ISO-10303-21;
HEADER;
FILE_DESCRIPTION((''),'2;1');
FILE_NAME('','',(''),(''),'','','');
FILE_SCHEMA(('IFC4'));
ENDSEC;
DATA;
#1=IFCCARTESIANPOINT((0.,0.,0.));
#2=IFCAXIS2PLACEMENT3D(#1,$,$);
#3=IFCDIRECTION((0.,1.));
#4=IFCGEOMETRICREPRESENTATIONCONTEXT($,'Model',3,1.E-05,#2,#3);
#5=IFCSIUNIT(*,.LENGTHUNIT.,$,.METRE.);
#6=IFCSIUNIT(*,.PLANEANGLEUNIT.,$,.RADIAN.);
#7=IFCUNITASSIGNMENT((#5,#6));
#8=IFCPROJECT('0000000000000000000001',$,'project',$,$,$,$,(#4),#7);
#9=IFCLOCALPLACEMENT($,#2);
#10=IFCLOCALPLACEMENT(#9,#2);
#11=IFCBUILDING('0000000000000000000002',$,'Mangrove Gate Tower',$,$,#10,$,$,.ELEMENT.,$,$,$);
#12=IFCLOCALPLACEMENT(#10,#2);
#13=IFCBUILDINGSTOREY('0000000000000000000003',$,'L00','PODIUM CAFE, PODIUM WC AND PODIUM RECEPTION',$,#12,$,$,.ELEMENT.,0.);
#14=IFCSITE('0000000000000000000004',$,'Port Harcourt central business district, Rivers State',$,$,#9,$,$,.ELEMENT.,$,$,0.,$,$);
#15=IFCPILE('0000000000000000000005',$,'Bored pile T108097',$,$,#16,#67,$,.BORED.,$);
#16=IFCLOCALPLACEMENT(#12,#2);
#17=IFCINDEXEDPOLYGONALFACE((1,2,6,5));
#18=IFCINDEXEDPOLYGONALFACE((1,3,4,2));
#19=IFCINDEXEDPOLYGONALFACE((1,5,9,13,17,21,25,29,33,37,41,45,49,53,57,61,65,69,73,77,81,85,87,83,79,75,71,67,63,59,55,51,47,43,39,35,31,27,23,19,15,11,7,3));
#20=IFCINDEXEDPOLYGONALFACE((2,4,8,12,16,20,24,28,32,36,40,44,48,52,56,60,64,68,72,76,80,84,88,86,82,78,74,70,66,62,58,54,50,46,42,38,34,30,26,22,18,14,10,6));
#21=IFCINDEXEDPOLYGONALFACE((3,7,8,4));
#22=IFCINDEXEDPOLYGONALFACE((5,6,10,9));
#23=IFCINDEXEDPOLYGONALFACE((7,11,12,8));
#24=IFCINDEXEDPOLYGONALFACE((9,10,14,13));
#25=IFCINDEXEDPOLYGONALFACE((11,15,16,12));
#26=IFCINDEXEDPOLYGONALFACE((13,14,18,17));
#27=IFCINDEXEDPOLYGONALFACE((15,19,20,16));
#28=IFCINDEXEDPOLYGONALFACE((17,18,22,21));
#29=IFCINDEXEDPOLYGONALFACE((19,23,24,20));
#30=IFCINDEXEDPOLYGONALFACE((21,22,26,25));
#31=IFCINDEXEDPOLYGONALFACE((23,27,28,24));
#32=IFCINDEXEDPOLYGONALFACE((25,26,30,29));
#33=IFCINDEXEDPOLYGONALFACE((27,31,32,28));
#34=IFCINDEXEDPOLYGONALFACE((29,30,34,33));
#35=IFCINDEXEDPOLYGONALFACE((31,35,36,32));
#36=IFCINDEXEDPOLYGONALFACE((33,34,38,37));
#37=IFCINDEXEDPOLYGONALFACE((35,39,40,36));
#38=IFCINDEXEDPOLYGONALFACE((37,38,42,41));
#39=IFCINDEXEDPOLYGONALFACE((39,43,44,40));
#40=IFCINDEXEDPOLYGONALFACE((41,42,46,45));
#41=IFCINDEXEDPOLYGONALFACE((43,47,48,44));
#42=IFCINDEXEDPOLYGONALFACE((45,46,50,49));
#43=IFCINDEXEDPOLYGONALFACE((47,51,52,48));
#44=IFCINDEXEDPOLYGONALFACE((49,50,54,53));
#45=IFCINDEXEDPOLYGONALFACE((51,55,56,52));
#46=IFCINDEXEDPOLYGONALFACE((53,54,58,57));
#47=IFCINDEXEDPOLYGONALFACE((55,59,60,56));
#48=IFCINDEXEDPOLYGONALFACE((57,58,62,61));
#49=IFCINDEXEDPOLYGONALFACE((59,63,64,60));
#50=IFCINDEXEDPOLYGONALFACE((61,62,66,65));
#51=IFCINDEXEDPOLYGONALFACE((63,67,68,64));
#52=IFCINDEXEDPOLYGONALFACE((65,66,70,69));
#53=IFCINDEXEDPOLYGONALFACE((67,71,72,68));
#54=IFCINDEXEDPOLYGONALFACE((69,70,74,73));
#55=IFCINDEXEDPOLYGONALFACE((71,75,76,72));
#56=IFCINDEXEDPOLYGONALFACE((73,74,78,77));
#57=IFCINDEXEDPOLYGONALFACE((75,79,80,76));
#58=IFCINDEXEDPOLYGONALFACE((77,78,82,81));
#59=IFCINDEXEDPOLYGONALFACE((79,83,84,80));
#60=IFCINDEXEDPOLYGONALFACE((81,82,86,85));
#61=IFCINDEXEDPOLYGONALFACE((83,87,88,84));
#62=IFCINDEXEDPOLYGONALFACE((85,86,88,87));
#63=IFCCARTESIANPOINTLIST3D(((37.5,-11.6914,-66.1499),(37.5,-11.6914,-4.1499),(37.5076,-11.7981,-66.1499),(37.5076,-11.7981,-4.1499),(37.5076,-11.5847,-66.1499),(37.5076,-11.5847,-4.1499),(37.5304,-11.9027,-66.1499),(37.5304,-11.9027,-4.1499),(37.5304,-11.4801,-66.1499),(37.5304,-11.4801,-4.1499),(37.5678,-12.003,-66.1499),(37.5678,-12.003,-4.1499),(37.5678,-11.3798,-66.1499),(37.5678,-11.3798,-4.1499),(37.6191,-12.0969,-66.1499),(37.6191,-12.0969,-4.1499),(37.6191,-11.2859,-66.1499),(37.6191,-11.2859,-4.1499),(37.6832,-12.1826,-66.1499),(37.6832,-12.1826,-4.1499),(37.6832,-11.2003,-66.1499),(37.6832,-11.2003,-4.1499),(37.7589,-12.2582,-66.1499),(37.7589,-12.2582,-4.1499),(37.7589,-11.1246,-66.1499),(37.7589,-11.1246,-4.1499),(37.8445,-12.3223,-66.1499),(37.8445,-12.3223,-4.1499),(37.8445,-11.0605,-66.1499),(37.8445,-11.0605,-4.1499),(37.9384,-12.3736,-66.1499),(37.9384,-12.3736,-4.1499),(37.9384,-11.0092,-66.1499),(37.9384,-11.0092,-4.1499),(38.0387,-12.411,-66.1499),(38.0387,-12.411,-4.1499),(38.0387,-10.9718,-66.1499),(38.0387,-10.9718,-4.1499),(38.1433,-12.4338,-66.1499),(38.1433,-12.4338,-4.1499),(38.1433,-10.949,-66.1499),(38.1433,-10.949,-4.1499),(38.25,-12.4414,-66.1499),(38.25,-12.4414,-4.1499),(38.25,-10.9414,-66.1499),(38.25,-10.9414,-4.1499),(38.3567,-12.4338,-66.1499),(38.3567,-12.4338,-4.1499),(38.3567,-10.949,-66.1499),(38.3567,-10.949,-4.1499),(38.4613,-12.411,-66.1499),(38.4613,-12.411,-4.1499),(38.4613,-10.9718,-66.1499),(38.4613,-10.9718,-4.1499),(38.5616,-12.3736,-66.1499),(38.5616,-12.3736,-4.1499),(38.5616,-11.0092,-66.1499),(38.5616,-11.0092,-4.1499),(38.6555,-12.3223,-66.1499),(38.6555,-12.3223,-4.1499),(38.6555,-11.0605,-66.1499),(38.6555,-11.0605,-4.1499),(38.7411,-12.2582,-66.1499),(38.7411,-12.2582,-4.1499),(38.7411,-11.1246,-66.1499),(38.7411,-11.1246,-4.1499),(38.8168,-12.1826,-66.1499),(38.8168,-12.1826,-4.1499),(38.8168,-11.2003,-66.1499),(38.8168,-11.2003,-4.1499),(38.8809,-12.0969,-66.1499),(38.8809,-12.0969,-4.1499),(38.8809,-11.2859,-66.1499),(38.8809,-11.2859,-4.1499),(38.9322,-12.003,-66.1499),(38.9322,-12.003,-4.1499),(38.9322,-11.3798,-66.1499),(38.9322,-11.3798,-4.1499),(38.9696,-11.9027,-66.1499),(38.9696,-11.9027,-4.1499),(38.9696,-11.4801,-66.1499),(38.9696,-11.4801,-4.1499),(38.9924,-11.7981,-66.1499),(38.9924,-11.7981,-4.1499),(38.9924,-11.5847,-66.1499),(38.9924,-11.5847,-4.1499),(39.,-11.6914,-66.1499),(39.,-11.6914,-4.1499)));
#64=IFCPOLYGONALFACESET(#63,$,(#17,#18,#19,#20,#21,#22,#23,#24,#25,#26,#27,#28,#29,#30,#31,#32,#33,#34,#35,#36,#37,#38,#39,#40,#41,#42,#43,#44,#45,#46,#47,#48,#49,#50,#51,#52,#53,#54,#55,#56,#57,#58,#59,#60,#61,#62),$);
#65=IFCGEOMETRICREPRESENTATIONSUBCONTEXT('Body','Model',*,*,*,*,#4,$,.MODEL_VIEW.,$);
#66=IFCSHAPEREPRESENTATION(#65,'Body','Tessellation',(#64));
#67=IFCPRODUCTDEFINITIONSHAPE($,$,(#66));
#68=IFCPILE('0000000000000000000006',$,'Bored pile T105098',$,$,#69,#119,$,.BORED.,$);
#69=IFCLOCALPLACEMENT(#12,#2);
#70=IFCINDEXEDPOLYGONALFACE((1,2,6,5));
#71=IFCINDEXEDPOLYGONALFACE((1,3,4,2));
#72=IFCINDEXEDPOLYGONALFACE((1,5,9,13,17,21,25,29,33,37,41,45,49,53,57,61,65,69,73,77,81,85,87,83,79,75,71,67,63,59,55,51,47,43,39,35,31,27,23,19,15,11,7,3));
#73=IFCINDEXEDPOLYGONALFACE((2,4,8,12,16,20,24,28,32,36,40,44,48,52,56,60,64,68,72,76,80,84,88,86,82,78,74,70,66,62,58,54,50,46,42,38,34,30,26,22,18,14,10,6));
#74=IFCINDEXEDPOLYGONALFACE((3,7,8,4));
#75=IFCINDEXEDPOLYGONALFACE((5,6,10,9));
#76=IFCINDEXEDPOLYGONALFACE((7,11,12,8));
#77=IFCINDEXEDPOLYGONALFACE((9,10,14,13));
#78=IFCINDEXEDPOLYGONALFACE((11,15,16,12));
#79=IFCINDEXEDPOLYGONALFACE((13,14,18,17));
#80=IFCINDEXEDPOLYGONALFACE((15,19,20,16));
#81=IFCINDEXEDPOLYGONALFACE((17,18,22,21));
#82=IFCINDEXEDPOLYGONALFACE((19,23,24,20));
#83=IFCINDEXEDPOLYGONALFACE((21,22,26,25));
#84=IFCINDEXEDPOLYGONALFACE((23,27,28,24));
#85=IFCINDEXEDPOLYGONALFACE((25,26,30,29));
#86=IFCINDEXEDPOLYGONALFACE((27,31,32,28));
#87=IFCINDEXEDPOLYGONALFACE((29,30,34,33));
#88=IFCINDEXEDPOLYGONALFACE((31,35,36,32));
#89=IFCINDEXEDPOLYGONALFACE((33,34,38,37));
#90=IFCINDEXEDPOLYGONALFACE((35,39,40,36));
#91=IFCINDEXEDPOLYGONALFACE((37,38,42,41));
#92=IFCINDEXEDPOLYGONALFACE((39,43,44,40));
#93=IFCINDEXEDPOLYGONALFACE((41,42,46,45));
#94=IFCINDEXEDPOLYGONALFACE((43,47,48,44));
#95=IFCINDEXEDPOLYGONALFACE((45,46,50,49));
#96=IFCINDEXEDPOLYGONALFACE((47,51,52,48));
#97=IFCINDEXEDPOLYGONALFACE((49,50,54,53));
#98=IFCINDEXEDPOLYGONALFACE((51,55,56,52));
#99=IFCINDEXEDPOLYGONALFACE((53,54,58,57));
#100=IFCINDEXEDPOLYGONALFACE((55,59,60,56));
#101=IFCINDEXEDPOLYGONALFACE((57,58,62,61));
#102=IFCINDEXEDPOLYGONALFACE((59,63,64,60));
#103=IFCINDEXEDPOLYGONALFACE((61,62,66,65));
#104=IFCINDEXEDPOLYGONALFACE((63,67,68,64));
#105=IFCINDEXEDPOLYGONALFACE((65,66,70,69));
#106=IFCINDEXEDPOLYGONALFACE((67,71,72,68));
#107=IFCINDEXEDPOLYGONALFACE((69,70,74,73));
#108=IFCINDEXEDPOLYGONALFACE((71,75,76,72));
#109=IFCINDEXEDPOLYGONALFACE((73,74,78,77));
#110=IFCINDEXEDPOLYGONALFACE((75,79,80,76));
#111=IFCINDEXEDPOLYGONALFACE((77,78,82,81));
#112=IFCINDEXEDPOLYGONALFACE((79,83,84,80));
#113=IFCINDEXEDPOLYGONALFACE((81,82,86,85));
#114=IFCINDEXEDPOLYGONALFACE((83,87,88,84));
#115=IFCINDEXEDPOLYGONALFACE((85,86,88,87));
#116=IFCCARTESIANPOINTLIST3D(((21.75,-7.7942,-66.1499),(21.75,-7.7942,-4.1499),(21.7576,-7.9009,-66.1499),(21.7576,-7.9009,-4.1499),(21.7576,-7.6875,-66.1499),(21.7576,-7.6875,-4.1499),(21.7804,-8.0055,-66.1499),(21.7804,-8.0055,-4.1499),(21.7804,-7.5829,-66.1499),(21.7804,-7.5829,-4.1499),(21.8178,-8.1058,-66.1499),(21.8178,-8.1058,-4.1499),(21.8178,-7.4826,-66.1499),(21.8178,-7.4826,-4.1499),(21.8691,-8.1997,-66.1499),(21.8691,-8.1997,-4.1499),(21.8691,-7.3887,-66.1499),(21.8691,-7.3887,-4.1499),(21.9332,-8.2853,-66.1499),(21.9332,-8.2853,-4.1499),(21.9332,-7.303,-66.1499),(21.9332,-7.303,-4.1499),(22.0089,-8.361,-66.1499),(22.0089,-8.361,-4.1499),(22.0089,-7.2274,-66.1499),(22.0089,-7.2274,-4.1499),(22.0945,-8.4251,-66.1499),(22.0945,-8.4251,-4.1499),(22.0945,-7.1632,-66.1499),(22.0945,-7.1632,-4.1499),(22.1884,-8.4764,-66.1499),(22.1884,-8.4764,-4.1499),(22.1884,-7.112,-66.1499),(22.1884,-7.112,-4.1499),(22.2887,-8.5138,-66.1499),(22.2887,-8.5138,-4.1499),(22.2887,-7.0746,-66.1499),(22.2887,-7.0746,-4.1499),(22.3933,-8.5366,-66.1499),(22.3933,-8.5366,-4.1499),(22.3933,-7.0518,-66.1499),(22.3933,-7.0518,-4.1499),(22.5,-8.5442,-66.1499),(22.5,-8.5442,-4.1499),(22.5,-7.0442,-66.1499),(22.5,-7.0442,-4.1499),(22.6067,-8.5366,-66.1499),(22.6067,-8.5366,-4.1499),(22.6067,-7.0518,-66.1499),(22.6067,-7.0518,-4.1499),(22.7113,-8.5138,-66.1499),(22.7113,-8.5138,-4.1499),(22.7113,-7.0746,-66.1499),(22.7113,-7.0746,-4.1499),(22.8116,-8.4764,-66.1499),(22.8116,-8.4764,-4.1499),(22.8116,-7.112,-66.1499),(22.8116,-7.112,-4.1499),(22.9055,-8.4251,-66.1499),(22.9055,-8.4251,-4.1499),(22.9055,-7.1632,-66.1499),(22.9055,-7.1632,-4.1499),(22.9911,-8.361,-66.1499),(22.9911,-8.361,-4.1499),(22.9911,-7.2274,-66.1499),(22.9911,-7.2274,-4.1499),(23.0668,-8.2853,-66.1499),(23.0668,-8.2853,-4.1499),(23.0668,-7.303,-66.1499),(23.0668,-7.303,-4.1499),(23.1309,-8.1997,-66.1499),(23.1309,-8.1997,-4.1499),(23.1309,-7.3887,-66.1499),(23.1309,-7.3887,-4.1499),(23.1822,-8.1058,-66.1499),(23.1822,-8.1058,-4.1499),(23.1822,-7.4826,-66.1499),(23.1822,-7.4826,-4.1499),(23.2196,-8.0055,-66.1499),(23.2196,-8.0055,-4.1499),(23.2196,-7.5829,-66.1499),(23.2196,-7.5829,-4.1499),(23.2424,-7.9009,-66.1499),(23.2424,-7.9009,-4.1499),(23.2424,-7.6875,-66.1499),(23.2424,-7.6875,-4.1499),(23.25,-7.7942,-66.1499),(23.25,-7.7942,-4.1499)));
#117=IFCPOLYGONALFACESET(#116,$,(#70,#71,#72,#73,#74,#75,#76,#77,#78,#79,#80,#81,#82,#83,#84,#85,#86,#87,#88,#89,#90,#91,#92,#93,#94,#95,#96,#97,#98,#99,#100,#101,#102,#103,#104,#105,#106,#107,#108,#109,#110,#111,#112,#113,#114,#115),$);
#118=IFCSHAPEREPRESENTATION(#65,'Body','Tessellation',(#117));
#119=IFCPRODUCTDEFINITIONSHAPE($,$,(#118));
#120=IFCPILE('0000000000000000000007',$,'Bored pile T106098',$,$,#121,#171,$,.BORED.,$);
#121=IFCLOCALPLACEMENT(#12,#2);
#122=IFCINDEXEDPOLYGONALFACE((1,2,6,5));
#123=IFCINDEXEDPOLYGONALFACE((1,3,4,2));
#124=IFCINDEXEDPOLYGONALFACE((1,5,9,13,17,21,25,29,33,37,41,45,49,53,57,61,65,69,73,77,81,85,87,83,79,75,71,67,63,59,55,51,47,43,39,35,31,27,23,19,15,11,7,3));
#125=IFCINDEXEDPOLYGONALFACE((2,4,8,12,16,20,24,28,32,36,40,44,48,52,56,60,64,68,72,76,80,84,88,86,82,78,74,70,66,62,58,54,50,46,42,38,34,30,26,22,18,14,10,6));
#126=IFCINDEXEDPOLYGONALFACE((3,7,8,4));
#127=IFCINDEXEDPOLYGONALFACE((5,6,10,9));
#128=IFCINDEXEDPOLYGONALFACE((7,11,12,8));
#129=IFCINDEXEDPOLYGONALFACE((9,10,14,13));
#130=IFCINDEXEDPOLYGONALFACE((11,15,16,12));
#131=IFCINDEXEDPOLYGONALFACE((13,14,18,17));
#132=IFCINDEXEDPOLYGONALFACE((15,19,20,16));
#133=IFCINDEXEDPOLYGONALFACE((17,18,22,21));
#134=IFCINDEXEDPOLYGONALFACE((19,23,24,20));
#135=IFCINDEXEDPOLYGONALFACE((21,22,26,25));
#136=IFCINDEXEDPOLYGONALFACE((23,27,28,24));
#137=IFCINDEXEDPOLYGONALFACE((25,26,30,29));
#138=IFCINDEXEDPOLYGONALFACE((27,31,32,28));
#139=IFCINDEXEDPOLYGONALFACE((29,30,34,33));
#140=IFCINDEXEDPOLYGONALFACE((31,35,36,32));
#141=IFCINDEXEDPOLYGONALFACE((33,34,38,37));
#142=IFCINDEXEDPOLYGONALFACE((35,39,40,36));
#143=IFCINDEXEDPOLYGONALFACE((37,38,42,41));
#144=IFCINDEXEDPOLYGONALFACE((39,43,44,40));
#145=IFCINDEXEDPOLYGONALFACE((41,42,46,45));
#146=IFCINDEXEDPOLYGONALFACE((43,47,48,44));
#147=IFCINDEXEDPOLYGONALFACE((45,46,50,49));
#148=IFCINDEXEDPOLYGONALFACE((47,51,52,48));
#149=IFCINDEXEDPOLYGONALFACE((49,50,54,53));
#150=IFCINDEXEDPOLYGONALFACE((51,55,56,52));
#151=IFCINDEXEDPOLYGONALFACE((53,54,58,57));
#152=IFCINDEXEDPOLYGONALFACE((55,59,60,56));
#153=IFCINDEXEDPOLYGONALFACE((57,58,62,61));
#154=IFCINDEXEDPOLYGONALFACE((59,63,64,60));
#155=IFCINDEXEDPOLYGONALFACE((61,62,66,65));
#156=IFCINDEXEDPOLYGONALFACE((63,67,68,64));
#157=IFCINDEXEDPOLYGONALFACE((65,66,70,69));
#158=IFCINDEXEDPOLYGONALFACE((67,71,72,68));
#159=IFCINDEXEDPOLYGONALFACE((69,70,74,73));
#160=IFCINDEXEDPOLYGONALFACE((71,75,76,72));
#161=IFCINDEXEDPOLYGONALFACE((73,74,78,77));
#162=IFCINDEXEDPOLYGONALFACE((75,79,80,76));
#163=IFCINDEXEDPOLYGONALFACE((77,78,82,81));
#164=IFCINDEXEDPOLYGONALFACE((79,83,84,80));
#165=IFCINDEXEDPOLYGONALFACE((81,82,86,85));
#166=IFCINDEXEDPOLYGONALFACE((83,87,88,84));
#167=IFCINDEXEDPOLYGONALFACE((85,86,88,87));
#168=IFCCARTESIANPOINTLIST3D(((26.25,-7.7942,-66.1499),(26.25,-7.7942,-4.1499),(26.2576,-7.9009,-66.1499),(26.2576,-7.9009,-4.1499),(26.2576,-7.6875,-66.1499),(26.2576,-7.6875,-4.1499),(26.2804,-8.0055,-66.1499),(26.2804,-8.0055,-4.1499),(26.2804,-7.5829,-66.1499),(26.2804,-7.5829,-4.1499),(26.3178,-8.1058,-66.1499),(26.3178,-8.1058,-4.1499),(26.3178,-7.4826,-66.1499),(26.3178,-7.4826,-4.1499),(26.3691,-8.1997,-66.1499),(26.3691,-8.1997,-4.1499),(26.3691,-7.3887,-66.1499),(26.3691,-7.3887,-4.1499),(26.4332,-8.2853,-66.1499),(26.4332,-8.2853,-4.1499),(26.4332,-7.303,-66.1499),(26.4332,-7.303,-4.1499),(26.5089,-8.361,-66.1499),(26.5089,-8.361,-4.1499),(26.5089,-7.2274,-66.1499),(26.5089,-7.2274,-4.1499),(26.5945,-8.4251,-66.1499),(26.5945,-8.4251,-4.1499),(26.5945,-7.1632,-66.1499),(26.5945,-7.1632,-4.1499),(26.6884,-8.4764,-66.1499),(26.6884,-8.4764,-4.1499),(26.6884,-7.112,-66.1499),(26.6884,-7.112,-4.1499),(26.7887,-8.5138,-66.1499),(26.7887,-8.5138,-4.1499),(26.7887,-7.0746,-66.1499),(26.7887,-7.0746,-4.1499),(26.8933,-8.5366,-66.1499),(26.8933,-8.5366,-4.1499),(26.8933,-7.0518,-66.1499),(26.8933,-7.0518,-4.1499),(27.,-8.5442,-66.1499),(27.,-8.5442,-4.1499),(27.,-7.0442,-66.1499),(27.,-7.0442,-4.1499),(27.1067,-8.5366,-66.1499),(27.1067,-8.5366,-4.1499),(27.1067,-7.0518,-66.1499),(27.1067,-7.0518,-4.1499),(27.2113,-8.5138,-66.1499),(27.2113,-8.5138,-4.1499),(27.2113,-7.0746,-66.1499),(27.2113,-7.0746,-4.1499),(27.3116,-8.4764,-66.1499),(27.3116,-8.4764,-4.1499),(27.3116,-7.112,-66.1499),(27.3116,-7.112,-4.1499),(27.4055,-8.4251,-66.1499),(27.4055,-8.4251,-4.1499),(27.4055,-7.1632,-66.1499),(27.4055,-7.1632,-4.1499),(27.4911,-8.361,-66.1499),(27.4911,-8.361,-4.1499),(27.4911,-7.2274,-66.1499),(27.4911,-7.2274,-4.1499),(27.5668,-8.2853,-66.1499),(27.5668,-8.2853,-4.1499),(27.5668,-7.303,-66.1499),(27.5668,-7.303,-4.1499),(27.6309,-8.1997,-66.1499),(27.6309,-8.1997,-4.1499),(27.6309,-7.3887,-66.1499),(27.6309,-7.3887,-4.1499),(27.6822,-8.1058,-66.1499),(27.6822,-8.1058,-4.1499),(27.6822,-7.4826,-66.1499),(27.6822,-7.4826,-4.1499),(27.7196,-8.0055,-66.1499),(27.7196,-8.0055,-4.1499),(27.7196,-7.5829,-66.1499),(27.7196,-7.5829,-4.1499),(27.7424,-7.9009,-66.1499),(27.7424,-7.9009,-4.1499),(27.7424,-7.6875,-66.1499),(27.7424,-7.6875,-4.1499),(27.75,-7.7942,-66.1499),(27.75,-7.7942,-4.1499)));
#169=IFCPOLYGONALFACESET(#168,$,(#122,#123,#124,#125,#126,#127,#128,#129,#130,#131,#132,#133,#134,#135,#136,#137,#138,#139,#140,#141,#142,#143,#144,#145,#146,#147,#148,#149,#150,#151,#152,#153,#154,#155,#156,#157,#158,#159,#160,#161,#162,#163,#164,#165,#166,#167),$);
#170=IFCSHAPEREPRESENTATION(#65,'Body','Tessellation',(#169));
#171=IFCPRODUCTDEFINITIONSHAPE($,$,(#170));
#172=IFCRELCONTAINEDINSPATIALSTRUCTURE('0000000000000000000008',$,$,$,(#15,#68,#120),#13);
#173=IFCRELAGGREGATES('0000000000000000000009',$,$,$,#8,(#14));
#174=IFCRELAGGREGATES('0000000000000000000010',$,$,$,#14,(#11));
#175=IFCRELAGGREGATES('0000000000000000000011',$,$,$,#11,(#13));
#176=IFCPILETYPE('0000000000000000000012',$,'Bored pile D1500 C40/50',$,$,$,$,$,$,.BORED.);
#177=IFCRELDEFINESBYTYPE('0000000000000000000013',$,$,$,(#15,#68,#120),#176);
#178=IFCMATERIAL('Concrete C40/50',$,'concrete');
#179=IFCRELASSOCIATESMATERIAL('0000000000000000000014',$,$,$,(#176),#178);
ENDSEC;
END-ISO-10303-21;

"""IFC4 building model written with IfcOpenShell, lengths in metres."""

from ifc_helpers import new_model, si_unit, direction, frame, origin, origin_2d, place, context, subcontext, project, spatial, circle, extrude, material, material_profile, profile_set, type_object, element, save


model = new_model("IFC4")

# Units and contexts
model_context = context("Model", 3, precision=1e-05, world=origin(), true_north=direction((0.0, 1.0)))
body_context = subcontext(model_context, "Body", "Model", "MODEL_VIEW")
ifc_project = project(units=[si_unit("LENGTHUNIT", "METRE"), si_unit("PLANEANGLEUNIT", "RADIAN")], contexts=[model_context])

# Site, building, storey
site_placement = place(None, origin())
site = spatial("IfcSite", under=ifc_project, at=site_placement, Name="Port Harcourt central business district, Rivers State", CompositionType="ELEMENT", RefElevation=0.0)
building_placement = place(site_placement, origin())
building = spatial("IfcBuilding", under=site, at=building_placement, Name="Mangrove Gate Tower", CompositionType="ELEMENT")
storey_placement = place(building_placement, origin())
storey = spatial("IfcBuildingStorey", under=building, at=storey_placement, Name="L00", Description="PODIUM CAFE, PODIUM WC AND PODIUM RECEPTION", CompositionType="ELEMENT", Elevation=0.0)

# Piles
ifc_material_1 = material(Name="Concrete C40/50", Category="concrete")
ifc_material_profile_1 = material_profile(ifc_material_1, circle(Radius=0.75, at=origin_2d()))
ifc_profile_set_1 = profile_set([ifc_material_profile_1], Name="Concrete C40/50")
pile_type = type_object("IfcPileType", Name="Bored pile D1500 C40/50", PredefinedType="BORED", material=ifc_profile_set_1)
for number, where, z_axis, x_axis, name in (
    (1, (38.25, -11.6914, -4.1499), (0.0, 0.0, -1.0), (1.0, 0.0, 0.0), "Bored pile T108097"),
    (2, (22.5, -7.7942, -4.1499), (0.0, 0.0, -1.0), (1.0, 0.0, 0.0), "Bored pile T105098"),
    (3, (27.0, -7.7942, -4.1499), (0.0, 0.0, -1.0), (1.0, 0.0, 0.0), "Bored pile T106098"),
):
    element("IfcPile", number, at=place(storey_placement, frame(where, z_axis=z_axis, x_axis=x_axis)), inside=storey, type_object=pile_type, Name=name, PredefinedType="BORED", context=body_context, shape_type="SweptSolid", body=[
        extrude(circle(Radius=0.75, at=origin_2d()), origin(), (0.0, 0.0, 1.0), 62.0),
    ])

save(model, "model.ifc")
